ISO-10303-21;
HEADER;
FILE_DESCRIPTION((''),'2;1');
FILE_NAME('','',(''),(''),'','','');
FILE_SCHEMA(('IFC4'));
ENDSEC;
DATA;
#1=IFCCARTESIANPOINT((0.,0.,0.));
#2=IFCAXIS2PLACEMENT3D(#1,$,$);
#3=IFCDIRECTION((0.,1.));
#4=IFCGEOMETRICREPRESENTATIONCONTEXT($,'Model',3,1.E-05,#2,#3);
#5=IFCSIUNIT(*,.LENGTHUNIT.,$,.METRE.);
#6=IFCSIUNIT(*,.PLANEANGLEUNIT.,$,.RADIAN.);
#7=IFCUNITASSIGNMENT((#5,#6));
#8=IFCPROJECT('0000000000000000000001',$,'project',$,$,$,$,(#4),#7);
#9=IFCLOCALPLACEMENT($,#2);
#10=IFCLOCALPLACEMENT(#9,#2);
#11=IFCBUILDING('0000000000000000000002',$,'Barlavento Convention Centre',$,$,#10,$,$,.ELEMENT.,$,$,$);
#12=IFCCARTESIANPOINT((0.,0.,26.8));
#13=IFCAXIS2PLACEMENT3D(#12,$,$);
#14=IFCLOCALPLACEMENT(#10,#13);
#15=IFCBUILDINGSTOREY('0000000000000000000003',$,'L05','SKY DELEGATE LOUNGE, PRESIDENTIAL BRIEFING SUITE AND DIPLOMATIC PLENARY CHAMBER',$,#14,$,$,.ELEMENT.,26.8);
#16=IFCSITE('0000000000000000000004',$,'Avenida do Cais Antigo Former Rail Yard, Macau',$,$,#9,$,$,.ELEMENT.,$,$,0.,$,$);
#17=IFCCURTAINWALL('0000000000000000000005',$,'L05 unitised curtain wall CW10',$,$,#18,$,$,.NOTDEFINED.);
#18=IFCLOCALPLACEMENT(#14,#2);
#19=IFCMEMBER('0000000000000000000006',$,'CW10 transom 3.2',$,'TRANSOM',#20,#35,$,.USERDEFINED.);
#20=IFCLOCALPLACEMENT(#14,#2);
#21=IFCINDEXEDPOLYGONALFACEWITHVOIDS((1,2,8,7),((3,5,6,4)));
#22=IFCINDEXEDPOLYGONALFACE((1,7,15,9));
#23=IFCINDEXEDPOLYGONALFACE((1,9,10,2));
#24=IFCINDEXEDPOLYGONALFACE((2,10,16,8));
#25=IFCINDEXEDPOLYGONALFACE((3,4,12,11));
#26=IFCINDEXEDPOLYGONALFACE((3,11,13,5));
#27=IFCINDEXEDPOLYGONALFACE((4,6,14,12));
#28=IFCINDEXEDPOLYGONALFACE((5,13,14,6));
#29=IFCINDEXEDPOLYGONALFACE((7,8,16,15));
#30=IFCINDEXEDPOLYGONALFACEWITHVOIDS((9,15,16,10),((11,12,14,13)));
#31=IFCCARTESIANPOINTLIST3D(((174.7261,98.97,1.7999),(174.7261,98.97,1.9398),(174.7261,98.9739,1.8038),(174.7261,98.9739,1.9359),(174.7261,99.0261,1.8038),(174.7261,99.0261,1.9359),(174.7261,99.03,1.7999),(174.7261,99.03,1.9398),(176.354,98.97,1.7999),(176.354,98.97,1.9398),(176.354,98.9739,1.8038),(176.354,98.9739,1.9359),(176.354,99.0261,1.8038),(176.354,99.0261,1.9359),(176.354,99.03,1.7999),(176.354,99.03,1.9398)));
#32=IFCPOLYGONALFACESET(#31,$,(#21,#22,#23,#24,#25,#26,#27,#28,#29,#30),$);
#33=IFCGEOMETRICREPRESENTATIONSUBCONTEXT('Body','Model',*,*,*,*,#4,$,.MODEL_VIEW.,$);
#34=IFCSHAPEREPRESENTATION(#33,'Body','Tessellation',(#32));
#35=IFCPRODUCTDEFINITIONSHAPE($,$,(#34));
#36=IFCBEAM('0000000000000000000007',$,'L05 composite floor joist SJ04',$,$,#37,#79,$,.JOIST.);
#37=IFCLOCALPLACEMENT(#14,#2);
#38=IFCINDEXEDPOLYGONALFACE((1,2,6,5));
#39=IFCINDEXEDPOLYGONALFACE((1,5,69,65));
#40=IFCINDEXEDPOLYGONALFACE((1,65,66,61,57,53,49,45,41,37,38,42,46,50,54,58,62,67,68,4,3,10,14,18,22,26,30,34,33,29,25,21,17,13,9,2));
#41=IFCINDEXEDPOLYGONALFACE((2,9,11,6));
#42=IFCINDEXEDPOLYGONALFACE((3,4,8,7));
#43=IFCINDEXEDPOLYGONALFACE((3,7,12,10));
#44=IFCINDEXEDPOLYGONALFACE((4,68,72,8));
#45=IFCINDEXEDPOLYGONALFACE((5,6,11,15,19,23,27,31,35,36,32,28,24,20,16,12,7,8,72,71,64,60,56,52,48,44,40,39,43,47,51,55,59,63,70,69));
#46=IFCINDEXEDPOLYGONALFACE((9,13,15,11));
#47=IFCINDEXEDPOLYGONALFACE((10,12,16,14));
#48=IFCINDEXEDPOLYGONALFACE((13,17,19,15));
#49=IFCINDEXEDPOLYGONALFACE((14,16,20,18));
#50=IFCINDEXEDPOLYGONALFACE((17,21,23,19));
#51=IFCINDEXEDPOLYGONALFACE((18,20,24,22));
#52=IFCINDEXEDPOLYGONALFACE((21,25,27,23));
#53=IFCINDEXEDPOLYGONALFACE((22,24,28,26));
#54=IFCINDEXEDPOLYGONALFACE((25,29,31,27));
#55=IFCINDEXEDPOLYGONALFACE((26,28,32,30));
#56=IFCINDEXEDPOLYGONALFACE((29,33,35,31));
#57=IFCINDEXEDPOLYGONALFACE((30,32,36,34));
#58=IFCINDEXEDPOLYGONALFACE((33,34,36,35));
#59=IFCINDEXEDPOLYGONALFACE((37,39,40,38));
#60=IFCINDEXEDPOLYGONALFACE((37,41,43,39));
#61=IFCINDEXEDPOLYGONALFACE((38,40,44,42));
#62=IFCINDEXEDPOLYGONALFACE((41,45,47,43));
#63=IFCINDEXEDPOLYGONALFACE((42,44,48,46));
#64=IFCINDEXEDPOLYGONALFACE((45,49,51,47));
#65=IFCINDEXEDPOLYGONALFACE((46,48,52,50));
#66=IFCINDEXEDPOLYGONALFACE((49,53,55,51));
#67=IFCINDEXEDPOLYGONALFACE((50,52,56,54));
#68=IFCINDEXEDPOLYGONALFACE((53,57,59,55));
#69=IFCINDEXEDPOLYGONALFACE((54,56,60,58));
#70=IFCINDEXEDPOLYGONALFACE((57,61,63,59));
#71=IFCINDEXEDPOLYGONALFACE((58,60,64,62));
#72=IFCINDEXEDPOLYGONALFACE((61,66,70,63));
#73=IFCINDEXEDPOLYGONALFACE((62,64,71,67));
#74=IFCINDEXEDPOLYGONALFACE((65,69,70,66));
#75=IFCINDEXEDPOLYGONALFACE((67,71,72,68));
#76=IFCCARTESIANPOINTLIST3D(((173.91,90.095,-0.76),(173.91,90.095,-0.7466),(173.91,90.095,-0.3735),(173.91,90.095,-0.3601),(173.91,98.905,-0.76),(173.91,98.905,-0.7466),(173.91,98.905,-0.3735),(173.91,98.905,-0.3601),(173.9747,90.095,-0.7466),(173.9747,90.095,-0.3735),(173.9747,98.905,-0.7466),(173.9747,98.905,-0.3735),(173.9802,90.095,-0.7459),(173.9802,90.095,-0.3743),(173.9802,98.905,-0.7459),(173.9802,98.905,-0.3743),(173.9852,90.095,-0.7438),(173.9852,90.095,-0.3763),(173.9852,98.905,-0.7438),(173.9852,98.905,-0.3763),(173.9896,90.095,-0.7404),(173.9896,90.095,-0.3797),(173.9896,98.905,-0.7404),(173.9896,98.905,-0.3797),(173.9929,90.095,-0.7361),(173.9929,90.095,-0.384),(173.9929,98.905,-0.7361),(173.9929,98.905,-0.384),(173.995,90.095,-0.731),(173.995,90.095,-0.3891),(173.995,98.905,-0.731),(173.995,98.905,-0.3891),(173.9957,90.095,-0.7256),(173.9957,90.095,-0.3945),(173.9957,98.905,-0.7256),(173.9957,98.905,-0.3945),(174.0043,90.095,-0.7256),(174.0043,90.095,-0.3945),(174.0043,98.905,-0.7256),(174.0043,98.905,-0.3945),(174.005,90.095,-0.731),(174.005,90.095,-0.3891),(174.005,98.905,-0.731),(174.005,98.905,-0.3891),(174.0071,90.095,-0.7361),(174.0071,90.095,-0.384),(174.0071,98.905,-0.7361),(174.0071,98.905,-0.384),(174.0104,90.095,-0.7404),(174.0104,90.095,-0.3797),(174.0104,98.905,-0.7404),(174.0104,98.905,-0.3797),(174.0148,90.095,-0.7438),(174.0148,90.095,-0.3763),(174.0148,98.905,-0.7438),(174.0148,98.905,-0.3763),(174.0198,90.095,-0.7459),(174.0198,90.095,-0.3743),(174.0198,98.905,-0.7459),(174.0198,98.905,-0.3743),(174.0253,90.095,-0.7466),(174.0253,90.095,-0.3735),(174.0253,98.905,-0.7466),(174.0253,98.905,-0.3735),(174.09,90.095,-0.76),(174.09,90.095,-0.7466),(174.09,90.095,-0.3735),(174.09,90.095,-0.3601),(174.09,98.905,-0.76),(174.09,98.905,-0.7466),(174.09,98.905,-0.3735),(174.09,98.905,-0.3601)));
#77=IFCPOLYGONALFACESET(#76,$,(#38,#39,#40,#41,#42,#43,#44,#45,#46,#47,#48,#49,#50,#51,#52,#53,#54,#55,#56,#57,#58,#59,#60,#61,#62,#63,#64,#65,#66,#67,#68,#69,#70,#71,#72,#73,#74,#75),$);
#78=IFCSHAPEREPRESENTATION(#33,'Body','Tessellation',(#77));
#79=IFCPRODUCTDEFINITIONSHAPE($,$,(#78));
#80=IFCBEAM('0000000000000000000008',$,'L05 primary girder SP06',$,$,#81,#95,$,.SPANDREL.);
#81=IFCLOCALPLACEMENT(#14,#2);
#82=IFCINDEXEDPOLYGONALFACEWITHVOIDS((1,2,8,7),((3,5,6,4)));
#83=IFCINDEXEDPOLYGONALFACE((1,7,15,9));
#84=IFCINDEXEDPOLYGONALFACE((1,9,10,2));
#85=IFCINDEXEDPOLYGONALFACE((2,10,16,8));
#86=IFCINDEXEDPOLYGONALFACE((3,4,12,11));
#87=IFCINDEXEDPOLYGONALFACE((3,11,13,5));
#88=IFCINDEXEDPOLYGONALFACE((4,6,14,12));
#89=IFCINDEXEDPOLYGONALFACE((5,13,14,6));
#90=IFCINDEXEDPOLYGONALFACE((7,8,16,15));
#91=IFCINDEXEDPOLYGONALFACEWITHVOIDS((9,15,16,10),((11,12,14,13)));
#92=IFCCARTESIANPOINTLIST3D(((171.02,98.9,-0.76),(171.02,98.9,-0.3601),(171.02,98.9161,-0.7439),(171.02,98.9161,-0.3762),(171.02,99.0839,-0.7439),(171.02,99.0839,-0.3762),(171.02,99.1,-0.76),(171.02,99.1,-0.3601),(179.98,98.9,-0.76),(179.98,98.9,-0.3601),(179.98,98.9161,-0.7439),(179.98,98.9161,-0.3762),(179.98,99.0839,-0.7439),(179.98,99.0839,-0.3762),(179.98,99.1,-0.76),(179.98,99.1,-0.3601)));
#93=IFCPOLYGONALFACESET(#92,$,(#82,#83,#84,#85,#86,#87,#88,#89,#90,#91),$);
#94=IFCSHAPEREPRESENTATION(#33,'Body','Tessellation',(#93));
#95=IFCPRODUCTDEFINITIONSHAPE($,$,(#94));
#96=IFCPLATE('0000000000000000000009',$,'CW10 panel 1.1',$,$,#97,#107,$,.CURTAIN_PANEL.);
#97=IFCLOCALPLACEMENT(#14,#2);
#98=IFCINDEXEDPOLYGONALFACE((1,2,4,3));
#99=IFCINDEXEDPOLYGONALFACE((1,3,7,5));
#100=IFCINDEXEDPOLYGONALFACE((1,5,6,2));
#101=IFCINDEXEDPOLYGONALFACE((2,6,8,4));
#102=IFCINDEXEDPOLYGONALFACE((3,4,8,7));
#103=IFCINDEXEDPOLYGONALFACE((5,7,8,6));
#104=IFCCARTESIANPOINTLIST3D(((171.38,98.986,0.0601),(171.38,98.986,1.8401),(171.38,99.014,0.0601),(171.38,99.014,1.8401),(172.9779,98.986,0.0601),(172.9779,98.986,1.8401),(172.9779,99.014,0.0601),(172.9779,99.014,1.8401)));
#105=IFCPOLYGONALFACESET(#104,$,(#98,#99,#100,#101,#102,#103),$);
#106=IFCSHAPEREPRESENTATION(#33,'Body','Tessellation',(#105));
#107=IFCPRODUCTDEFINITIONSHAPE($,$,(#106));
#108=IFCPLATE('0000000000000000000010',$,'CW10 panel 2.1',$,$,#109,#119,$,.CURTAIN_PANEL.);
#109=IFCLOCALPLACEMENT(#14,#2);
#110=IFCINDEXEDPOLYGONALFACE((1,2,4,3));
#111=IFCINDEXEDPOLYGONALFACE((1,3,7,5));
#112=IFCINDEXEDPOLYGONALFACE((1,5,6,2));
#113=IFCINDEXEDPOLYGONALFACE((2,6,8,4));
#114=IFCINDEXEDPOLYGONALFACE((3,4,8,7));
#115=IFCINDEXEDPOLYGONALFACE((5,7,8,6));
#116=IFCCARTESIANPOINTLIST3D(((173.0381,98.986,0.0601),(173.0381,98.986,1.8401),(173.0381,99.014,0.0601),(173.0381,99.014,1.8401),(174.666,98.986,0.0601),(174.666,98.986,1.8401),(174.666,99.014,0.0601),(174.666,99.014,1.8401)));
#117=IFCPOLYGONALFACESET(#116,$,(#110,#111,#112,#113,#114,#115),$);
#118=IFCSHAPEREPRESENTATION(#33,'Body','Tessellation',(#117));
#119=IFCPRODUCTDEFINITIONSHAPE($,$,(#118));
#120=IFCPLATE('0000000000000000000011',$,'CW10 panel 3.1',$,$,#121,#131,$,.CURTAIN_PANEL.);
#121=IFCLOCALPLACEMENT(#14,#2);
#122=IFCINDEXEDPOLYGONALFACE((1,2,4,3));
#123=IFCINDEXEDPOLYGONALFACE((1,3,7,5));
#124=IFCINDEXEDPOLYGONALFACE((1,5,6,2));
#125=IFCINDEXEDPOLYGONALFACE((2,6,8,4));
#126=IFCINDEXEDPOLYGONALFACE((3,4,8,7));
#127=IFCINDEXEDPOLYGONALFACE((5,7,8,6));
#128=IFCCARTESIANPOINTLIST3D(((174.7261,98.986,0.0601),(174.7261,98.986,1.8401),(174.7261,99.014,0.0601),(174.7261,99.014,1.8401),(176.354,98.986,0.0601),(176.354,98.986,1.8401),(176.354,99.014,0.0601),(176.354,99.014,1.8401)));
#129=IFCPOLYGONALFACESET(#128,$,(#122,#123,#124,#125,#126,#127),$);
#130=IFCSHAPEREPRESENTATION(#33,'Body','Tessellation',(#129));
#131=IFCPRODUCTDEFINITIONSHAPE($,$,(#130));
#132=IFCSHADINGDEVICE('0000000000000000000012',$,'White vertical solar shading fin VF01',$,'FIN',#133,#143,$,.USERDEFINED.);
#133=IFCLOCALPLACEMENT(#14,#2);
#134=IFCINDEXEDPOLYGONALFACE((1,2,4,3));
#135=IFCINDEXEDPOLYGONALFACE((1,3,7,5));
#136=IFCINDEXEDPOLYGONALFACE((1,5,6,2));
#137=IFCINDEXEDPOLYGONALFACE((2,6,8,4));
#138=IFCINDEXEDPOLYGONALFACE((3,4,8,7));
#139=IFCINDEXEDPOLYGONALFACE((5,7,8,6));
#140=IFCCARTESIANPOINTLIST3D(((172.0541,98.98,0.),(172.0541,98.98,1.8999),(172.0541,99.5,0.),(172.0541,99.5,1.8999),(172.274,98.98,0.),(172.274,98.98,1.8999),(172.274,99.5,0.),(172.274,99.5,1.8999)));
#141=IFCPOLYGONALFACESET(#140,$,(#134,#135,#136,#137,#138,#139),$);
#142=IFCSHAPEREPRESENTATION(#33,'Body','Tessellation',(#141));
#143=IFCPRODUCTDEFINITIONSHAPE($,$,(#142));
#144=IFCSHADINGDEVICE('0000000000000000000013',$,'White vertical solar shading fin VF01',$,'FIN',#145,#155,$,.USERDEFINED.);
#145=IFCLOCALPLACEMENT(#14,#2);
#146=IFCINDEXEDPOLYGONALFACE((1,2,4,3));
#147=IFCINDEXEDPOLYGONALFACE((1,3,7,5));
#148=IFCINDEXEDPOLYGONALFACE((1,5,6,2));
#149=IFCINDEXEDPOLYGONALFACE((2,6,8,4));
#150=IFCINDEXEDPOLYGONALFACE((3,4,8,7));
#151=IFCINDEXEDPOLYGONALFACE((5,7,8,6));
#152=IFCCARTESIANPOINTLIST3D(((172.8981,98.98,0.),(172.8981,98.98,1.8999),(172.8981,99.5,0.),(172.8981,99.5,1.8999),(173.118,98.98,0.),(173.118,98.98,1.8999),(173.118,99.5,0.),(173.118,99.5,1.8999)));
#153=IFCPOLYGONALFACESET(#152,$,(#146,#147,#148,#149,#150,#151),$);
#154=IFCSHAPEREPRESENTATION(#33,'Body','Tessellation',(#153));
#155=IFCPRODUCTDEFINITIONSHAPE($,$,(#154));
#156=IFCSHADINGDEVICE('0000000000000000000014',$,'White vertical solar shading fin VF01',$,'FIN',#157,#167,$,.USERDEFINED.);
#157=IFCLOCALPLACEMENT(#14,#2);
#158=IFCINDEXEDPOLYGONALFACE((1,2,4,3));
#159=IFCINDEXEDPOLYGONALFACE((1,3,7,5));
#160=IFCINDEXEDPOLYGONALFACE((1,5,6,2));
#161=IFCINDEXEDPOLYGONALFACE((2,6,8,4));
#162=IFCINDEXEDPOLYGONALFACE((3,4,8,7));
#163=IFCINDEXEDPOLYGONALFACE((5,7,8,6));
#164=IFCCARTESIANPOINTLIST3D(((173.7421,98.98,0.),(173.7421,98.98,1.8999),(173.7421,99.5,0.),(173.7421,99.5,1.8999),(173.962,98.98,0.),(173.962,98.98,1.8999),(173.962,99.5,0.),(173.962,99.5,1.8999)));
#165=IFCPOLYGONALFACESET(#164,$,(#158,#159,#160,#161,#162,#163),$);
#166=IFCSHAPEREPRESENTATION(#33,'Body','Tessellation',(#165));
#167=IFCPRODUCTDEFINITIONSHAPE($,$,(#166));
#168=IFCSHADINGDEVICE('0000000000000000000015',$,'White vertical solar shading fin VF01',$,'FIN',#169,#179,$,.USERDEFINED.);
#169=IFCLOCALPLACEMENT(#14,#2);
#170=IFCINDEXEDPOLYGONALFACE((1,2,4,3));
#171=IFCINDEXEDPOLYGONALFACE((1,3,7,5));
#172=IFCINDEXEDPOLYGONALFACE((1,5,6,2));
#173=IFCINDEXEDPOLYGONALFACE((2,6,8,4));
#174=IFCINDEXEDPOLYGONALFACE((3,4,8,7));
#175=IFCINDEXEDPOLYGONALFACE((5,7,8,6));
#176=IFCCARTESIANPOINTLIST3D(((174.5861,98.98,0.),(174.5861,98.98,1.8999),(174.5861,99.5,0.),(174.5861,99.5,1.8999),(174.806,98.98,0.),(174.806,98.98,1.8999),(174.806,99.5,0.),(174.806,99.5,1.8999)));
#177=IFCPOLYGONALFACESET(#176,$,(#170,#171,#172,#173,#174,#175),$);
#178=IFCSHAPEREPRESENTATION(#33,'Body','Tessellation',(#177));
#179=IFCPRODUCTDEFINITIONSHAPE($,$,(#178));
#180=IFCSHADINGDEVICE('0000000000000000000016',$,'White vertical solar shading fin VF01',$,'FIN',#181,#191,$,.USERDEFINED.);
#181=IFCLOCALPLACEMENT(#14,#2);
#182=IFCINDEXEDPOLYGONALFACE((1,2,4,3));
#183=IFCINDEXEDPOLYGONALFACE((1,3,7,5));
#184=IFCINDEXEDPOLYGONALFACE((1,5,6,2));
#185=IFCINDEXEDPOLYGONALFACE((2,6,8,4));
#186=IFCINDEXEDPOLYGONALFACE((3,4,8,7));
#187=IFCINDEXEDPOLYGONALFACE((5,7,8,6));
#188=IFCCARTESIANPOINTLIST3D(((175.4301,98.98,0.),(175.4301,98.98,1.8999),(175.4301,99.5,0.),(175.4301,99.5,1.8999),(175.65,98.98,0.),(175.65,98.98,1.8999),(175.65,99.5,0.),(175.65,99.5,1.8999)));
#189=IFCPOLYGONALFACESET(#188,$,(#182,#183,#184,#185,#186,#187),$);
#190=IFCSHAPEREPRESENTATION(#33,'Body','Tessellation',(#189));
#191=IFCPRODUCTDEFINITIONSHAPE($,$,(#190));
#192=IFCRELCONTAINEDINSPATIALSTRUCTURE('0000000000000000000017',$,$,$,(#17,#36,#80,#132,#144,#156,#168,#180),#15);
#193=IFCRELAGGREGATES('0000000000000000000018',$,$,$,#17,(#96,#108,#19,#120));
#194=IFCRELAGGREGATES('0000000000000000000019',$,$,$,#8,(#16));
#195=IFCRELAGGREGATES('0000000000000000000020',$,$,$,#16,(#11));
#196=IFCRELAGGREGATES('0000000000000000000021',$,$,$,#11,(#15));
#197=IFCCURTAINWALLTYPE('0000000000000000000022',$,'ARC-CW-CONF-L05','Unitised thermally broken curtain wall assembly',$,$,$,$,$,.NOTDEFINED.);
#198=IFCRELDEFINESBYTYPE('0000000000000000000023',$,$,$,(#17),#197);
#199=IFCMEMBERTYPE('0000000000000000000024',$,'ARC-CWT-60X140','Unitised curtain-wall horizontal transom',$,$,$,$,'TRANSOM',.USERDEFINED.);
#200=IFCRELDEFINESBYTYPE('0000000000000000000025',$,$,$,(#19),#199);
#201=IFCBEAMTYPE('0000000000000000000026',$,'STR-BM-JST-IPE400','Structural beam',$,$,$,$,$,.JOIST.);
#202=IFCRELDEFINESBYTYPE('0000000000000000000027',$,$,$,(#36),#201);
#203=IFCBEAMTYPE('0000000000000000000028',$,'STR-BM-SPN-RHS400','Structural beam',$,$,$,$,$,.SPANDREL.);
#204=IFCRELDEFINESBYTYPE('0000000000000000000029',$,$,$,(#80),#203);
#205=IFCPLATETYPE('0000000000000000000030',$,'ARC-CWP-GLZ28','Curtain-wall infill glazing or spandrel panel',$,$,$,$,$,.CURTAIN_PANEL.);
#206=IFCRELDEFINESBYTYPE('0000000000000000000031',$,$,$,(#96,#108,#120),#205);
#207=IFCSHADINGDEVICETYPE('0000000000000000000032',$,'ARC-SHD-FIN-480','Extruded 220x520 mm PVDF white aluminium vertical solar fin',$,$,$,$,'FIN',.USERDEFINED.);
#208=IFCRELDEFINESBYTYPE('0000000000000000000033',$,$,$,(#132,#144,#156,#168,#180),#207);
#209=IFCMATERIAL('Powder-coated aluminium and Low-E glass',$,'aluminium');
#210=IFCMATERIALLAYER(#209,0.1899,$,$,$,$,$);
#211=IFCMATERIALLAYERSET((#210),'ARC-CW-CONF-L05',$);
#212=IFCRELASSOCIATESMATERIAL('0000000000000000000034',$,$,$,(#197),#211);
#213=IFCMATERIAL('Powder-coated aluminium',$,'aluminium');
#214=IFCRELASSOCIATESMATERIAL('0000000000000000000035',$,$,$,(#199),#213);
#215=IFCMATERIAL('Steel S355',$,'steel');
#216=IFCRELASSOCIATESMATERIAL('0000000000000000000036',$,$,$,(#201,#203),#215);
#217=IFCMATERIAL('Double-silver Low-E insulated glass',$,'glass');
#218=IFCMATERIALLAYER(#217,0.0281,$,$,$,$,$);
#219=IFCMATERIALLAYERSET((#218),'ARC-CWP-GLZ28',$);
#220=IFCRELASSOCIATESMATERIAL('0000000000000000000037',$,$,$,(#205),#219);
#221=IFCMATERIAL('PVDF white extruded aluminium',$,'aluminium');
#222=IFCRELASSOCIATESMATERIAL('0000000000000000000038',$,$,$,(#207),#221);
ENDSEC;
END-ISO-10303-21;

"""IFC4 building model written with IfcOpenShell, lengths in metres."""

from ifc_helpers import new_model, si_unit, direction, frame, origin, origin_2d, place, context, subcontext, project, spatial, rectangle, hollow_rectangle, i_section, extrude, material, layer, layer_set, material_profile, profile_set, type_object, element, aggregate, save


model = new_model("IFC4")

# Units and contexts
model_context = context("Model", 3, precision=1e-05, world=origin(), true_north=direction((0.0, 1.0)))
body_context = subcontext(model_context, "Body", "Model", "MODEL_VIEW")
ifc_project = project(units=[si_unit("LENGTHUNIT", "METRE"), si_unit("PLANEANGLEUNIT", "RADIAN")], contexts=[model_context])

# Site, building, storey
site_placement = place(None, origin())
site = spatial("IfcSite", under=ifc_project, at=site_placement, Name="Avenida do Cais Antigo Former Rail Yard, Macau", CompositionType="ELEMENT", RefElevation=0.0)
building_placement = place(site_placement, origin())
building = spatial("IfcBuilding", under=site, at=building_placement, Name="Barlavento Convention Centre", CompositionType="ELEMENT")
storey_placement = place(building_placement, frame((0.0, 0.0, 26.8)))
storey = spatial("IfcBuildingStorey", under=building, at=storey_placement, Name="L05", Description="SKY DELEGATE LOUNGE, PRESIDENTIAL BRIEFING SUITE AND DIPLOMATIC PLENARY CHAMBER", CompositionType="ELEMENT", Elevation=26.8)

# Shared definitions
ifc_material_1 = material(Name="Steel S355", Category="steel")

# Curtain wall, member
ifc_material_2 = material(Name="Powder-coated aluminium and Low-E glass", Category="aluminium")
ifc_layer_1 = layer(ifc_material_2, 0.1899)
ifc_layer_set_1 = layer_set([ifc_layer_1], Name="ARC-CW-CONF-L05")
curtain_wall_type = type_object("IfcCurtainWallType", Name="ARC-CW-CONF-L05", Description="Unitised thermally broken curtain wall assembly", PredefinedType="NOTDEFINED", material=ifc_layer_set_1)
curtain_wall_placement = place(storey_placement, origin())
curtain_wall = element("IfcCurtainWall", 1, at=curtain_wall_placement, inside=storey, type_object=curtain_wall_type, Name="L05 unitised curtain wall CW10", PredefinedType="NOTDEFINED")
ifc_material_3 = material(Name="Powder-coated aluminium", Category="aluminium")
ifc_material_profile_1 = material_profile(ifc_material_3, hollow_rectangle(XDim=0.0601, YDim=0.1399, WallThickness=0.0039, at=origin_2d()), Name="AL-TRAN 60x140x4")
ifc_profile_set_1 = profile_set([ifc_material_profile_1], Name="Powder-coated aluminium")
member_type_1 = type_object("IfcMemberType", Name="ARC-CWT-60X140", Description="Unitised curtain-wall horizontal transom", ElementType="TRANSOM", PredefinedType="USERDEFINED", material=ifc_profile_set_1)
member_1_placement = place(storey_placement, frame((174.7261, 99.0, 1.8699), z_axis=(1.0, 0.0, 0.0), x_axis=(0.0, 1.0, 0.0)))
member_1 = element("IfcMember", 2, at=member_1_placement, type_object=member_type_1, Name="CW10 transom 3.2", ObjectType="TRANSOM", PredefinedType="USERDEFINED", context=body_context, shape_type="SweptSolid", body=[
    extrude(hollow_rectangle(XDim=0.0601, YDim=0.1399, WallThickness=0.0039, at=origin_2d()), origin(), (0.0, 0.0, 1.0), 1.6279),
])

# Beams
ifc_material_profile_2 = material_profile(ifc_material_1, i_section(OverallWidth=0.1799, OverallDepth=0.3999, WebThickness=0.0085, FlangeThickness=0.0134, FilletRadius=0.021, at=origin_2d()), Name="IPE 400")
ifc_profile_set_2 = profile_set([ifc_material_profile_2], Name="Steel S355")
beam_type_1 = type_object("IfcBeamType", Name="STR-BM-JST-IPE400", Description="Structural beam", PredefinedType="JOIST", material=ifc_profile_set_2)
beam_1_placement = place(storey_placement, frame((174.0, 90.095, -0.5601), z_axis=(0.0, 1.0, 0.0), x_axis=(-1.0, 0.0, 0.0)))
element("IfcBeam", 3, at=beam_1_placement, inside=storey, type_object=beam_type_1, Name="L05 composite floor joist SJ04", PredefinedType="JOIST", context=body_context, shape_type="SweptSolid", body=[
    extrude(i_section(OverallWidth=0.1799, OverallDepth=0.3999, WebThickness=0.0085, FlangeThickness=0.0134, FilletRadius=0.021, at=origin_2d()), origin(), (0.0, 0.0, 1.0), 8.8101),
])
ifc_material_profile_3 = material_profile(ifc_material_1, hollow_rectangle(XDim=0.2, YDim=0.3999, WallThickness=0.0161, at=origin_2d()), Name="RHS 400x200x16.0")
ifc_profile_set_3 = profile_set([ifc_material_profile_3], Name="Steel S355")
beam_type_2 = type_object("IfcBeamType", Name="STR-BM-SPN-RHS400", Description="Structural beam", PredefinedType="SPANDREL", material=ifc_profile_set_3)
beam_2_placement = place(storey_placement, frame((171.02, 99.0, -0.5601), z_axis=(1.0, 0.0, 0.0), x_axis=(0.0, 1.0, 0.0)))
element("IfcBeam", 4, at=beam_2_placement, inside=storey, type_object=beam_type_2, Name="L05 primary girder SP06", PredefinedType="SPANDREL", context=body_context, shape_type="SweptSolid", body=[
    extrude(hollow_rectangle(XDim=0.2, YDim=0.3999, WallThickness=0.0161, at=origin_2d()), origin(), (0.0, 0.0, 1.0), 8.96),
])

# Plates
ifc_material_4 = material(Name="Double-silver Low-E insulated glass", Category="glass")
ifc_layer_2 = layer(ifc_material_4, 0.0281)
ifc_layer_set_2 = layer_set([ifc_layer_2], Name="ARC-CWP-GLZ28")
plate_type = type_object("IfcPlateType", Name="ARC-CWP-GLZ28", Description="Curtain-wall infill glazing or spandrel panel", PredefinedType="CURTAIN_PANEL", material=ifc_layer_set_2)
plate_1_placement = place(storey_placement, frame((172.179, 99.0, 0.0601), z_axis=(0.0, 0.0, 1.0), x_axis=(1.0, 0.0, 0.0)))
plate_1 = element("IfcPlate", 5, at=plate_1_placement, type_object=plate_type, Name="CW10 panel 1.1", PredefinedType="CURTAIN_PANEL", context=body_context, shape_type="SweptSolid", body=[
    extrude(rectangle(XDim=1.5979, YDim=0.0281, at=origin_2d()), origin(), (0.0, 0.0, 1.0), 1.78),
])
plate_2_placement = place(storey_placement, frame((173.8521, 99.0, 0.0601), z_axis=(0.0, 0.0, 1.0), x_axis=(1.0, 0.0, 0.0)))
plate_2 = element("IfcPlate", 6, at=plate_2_placement, type_object=plate_type, Name="CW10 panel 2.1", PredefinedType="CURTAIN_PANEL", context=body_context, shape_type="SweptSolid", body=[
    extrude(rectangle(XDim=1.6279, YDim=0.0281, at=origin_2d()), origin(), (0.0, 0.0, 1.0), 1.78),
])
plate_3_placement = place(storey_placement, frame((175.54, 99.0, 0.0601), z_axis=(0.0, 0.0, 1.0), x_axis=(1.0, 0.0, 0.0)))
plate_3 = element("IfcPlate", 7, at=plate_3_placement, type_object=plate_type, Name="CW10 panel 3.1", PredefinedType="CURTAIN_PANEL", context=body_context, shape_type="SweptSolid", body=[
    extrude(rectangle(XDim=1.6279, YDim=0.0281, at=origin_2d()), origin(), (0.0, 0.0, 1.0), 1.78),
])
aggregate(curtain_wall, [plate_1, plate_2, member_1, plate_3])

# Shading devices
ifc_material_5 = material(Name="PVDF white extruded aluminium", Category="aluminium")
shading_device_type = type_object("IfcShadingDeviceType", Name="ARC-SHD-FIN-480", Description="Extruded 220x520 mm PVDF white aluminium vertical solar fin", ElementType="FIN", PredefinedType="USERDEFINED", material=ifc_material_5)
for number, where, z_axis, x_axis, name in (
    (8, (172.1641, 99.24, 0.0), (0.0, 0.0, 1.0), (1.0, 0.0, 0.0), "White vertical solar shading fin VF01"),
    (9, (173.0081, 99.24, 0.0), (0.0, 0.0, 1.0), (1.0, 0.0, 0.0), "White vertical solar shading fin VF01"),
    (10, (173.8521, 99.24, 0.0), (0.0, 0.0, 1.0), (1.0, 0.0, 0.0), "White vertical solar shading fin VF01"),
    (11, (174.696, 99.24, 0.0), (0.0, 0.0, 1.0), (1.0, 0.0, 0.0), "White vertical solar shading fin VF01"),
    (12, (175.54, 99.24, 0.0), (0.0, 0.0, 1.0), (1.0, 0.0, 0.0), "White vertical solar shading fin VF01"),
):
    element("IfcShadingDevice", number, at=place(storey_placement, frame(where, z_axis=z_axis, x_axis=x_axis)), inside=storey, type_object=shading_device_type, Name=name, ObjectType="FIN", PredefinedType="USERDEFINED", context=body_context, shape_type="SweptSolid", body=[
        extrude(rectangle(XDim=0.22, YDim=0.52, at=origin_2d()), origin(), (0.0, 0.0, 1.0), 1.8999),
    ])

save(model, "model.ifc")
